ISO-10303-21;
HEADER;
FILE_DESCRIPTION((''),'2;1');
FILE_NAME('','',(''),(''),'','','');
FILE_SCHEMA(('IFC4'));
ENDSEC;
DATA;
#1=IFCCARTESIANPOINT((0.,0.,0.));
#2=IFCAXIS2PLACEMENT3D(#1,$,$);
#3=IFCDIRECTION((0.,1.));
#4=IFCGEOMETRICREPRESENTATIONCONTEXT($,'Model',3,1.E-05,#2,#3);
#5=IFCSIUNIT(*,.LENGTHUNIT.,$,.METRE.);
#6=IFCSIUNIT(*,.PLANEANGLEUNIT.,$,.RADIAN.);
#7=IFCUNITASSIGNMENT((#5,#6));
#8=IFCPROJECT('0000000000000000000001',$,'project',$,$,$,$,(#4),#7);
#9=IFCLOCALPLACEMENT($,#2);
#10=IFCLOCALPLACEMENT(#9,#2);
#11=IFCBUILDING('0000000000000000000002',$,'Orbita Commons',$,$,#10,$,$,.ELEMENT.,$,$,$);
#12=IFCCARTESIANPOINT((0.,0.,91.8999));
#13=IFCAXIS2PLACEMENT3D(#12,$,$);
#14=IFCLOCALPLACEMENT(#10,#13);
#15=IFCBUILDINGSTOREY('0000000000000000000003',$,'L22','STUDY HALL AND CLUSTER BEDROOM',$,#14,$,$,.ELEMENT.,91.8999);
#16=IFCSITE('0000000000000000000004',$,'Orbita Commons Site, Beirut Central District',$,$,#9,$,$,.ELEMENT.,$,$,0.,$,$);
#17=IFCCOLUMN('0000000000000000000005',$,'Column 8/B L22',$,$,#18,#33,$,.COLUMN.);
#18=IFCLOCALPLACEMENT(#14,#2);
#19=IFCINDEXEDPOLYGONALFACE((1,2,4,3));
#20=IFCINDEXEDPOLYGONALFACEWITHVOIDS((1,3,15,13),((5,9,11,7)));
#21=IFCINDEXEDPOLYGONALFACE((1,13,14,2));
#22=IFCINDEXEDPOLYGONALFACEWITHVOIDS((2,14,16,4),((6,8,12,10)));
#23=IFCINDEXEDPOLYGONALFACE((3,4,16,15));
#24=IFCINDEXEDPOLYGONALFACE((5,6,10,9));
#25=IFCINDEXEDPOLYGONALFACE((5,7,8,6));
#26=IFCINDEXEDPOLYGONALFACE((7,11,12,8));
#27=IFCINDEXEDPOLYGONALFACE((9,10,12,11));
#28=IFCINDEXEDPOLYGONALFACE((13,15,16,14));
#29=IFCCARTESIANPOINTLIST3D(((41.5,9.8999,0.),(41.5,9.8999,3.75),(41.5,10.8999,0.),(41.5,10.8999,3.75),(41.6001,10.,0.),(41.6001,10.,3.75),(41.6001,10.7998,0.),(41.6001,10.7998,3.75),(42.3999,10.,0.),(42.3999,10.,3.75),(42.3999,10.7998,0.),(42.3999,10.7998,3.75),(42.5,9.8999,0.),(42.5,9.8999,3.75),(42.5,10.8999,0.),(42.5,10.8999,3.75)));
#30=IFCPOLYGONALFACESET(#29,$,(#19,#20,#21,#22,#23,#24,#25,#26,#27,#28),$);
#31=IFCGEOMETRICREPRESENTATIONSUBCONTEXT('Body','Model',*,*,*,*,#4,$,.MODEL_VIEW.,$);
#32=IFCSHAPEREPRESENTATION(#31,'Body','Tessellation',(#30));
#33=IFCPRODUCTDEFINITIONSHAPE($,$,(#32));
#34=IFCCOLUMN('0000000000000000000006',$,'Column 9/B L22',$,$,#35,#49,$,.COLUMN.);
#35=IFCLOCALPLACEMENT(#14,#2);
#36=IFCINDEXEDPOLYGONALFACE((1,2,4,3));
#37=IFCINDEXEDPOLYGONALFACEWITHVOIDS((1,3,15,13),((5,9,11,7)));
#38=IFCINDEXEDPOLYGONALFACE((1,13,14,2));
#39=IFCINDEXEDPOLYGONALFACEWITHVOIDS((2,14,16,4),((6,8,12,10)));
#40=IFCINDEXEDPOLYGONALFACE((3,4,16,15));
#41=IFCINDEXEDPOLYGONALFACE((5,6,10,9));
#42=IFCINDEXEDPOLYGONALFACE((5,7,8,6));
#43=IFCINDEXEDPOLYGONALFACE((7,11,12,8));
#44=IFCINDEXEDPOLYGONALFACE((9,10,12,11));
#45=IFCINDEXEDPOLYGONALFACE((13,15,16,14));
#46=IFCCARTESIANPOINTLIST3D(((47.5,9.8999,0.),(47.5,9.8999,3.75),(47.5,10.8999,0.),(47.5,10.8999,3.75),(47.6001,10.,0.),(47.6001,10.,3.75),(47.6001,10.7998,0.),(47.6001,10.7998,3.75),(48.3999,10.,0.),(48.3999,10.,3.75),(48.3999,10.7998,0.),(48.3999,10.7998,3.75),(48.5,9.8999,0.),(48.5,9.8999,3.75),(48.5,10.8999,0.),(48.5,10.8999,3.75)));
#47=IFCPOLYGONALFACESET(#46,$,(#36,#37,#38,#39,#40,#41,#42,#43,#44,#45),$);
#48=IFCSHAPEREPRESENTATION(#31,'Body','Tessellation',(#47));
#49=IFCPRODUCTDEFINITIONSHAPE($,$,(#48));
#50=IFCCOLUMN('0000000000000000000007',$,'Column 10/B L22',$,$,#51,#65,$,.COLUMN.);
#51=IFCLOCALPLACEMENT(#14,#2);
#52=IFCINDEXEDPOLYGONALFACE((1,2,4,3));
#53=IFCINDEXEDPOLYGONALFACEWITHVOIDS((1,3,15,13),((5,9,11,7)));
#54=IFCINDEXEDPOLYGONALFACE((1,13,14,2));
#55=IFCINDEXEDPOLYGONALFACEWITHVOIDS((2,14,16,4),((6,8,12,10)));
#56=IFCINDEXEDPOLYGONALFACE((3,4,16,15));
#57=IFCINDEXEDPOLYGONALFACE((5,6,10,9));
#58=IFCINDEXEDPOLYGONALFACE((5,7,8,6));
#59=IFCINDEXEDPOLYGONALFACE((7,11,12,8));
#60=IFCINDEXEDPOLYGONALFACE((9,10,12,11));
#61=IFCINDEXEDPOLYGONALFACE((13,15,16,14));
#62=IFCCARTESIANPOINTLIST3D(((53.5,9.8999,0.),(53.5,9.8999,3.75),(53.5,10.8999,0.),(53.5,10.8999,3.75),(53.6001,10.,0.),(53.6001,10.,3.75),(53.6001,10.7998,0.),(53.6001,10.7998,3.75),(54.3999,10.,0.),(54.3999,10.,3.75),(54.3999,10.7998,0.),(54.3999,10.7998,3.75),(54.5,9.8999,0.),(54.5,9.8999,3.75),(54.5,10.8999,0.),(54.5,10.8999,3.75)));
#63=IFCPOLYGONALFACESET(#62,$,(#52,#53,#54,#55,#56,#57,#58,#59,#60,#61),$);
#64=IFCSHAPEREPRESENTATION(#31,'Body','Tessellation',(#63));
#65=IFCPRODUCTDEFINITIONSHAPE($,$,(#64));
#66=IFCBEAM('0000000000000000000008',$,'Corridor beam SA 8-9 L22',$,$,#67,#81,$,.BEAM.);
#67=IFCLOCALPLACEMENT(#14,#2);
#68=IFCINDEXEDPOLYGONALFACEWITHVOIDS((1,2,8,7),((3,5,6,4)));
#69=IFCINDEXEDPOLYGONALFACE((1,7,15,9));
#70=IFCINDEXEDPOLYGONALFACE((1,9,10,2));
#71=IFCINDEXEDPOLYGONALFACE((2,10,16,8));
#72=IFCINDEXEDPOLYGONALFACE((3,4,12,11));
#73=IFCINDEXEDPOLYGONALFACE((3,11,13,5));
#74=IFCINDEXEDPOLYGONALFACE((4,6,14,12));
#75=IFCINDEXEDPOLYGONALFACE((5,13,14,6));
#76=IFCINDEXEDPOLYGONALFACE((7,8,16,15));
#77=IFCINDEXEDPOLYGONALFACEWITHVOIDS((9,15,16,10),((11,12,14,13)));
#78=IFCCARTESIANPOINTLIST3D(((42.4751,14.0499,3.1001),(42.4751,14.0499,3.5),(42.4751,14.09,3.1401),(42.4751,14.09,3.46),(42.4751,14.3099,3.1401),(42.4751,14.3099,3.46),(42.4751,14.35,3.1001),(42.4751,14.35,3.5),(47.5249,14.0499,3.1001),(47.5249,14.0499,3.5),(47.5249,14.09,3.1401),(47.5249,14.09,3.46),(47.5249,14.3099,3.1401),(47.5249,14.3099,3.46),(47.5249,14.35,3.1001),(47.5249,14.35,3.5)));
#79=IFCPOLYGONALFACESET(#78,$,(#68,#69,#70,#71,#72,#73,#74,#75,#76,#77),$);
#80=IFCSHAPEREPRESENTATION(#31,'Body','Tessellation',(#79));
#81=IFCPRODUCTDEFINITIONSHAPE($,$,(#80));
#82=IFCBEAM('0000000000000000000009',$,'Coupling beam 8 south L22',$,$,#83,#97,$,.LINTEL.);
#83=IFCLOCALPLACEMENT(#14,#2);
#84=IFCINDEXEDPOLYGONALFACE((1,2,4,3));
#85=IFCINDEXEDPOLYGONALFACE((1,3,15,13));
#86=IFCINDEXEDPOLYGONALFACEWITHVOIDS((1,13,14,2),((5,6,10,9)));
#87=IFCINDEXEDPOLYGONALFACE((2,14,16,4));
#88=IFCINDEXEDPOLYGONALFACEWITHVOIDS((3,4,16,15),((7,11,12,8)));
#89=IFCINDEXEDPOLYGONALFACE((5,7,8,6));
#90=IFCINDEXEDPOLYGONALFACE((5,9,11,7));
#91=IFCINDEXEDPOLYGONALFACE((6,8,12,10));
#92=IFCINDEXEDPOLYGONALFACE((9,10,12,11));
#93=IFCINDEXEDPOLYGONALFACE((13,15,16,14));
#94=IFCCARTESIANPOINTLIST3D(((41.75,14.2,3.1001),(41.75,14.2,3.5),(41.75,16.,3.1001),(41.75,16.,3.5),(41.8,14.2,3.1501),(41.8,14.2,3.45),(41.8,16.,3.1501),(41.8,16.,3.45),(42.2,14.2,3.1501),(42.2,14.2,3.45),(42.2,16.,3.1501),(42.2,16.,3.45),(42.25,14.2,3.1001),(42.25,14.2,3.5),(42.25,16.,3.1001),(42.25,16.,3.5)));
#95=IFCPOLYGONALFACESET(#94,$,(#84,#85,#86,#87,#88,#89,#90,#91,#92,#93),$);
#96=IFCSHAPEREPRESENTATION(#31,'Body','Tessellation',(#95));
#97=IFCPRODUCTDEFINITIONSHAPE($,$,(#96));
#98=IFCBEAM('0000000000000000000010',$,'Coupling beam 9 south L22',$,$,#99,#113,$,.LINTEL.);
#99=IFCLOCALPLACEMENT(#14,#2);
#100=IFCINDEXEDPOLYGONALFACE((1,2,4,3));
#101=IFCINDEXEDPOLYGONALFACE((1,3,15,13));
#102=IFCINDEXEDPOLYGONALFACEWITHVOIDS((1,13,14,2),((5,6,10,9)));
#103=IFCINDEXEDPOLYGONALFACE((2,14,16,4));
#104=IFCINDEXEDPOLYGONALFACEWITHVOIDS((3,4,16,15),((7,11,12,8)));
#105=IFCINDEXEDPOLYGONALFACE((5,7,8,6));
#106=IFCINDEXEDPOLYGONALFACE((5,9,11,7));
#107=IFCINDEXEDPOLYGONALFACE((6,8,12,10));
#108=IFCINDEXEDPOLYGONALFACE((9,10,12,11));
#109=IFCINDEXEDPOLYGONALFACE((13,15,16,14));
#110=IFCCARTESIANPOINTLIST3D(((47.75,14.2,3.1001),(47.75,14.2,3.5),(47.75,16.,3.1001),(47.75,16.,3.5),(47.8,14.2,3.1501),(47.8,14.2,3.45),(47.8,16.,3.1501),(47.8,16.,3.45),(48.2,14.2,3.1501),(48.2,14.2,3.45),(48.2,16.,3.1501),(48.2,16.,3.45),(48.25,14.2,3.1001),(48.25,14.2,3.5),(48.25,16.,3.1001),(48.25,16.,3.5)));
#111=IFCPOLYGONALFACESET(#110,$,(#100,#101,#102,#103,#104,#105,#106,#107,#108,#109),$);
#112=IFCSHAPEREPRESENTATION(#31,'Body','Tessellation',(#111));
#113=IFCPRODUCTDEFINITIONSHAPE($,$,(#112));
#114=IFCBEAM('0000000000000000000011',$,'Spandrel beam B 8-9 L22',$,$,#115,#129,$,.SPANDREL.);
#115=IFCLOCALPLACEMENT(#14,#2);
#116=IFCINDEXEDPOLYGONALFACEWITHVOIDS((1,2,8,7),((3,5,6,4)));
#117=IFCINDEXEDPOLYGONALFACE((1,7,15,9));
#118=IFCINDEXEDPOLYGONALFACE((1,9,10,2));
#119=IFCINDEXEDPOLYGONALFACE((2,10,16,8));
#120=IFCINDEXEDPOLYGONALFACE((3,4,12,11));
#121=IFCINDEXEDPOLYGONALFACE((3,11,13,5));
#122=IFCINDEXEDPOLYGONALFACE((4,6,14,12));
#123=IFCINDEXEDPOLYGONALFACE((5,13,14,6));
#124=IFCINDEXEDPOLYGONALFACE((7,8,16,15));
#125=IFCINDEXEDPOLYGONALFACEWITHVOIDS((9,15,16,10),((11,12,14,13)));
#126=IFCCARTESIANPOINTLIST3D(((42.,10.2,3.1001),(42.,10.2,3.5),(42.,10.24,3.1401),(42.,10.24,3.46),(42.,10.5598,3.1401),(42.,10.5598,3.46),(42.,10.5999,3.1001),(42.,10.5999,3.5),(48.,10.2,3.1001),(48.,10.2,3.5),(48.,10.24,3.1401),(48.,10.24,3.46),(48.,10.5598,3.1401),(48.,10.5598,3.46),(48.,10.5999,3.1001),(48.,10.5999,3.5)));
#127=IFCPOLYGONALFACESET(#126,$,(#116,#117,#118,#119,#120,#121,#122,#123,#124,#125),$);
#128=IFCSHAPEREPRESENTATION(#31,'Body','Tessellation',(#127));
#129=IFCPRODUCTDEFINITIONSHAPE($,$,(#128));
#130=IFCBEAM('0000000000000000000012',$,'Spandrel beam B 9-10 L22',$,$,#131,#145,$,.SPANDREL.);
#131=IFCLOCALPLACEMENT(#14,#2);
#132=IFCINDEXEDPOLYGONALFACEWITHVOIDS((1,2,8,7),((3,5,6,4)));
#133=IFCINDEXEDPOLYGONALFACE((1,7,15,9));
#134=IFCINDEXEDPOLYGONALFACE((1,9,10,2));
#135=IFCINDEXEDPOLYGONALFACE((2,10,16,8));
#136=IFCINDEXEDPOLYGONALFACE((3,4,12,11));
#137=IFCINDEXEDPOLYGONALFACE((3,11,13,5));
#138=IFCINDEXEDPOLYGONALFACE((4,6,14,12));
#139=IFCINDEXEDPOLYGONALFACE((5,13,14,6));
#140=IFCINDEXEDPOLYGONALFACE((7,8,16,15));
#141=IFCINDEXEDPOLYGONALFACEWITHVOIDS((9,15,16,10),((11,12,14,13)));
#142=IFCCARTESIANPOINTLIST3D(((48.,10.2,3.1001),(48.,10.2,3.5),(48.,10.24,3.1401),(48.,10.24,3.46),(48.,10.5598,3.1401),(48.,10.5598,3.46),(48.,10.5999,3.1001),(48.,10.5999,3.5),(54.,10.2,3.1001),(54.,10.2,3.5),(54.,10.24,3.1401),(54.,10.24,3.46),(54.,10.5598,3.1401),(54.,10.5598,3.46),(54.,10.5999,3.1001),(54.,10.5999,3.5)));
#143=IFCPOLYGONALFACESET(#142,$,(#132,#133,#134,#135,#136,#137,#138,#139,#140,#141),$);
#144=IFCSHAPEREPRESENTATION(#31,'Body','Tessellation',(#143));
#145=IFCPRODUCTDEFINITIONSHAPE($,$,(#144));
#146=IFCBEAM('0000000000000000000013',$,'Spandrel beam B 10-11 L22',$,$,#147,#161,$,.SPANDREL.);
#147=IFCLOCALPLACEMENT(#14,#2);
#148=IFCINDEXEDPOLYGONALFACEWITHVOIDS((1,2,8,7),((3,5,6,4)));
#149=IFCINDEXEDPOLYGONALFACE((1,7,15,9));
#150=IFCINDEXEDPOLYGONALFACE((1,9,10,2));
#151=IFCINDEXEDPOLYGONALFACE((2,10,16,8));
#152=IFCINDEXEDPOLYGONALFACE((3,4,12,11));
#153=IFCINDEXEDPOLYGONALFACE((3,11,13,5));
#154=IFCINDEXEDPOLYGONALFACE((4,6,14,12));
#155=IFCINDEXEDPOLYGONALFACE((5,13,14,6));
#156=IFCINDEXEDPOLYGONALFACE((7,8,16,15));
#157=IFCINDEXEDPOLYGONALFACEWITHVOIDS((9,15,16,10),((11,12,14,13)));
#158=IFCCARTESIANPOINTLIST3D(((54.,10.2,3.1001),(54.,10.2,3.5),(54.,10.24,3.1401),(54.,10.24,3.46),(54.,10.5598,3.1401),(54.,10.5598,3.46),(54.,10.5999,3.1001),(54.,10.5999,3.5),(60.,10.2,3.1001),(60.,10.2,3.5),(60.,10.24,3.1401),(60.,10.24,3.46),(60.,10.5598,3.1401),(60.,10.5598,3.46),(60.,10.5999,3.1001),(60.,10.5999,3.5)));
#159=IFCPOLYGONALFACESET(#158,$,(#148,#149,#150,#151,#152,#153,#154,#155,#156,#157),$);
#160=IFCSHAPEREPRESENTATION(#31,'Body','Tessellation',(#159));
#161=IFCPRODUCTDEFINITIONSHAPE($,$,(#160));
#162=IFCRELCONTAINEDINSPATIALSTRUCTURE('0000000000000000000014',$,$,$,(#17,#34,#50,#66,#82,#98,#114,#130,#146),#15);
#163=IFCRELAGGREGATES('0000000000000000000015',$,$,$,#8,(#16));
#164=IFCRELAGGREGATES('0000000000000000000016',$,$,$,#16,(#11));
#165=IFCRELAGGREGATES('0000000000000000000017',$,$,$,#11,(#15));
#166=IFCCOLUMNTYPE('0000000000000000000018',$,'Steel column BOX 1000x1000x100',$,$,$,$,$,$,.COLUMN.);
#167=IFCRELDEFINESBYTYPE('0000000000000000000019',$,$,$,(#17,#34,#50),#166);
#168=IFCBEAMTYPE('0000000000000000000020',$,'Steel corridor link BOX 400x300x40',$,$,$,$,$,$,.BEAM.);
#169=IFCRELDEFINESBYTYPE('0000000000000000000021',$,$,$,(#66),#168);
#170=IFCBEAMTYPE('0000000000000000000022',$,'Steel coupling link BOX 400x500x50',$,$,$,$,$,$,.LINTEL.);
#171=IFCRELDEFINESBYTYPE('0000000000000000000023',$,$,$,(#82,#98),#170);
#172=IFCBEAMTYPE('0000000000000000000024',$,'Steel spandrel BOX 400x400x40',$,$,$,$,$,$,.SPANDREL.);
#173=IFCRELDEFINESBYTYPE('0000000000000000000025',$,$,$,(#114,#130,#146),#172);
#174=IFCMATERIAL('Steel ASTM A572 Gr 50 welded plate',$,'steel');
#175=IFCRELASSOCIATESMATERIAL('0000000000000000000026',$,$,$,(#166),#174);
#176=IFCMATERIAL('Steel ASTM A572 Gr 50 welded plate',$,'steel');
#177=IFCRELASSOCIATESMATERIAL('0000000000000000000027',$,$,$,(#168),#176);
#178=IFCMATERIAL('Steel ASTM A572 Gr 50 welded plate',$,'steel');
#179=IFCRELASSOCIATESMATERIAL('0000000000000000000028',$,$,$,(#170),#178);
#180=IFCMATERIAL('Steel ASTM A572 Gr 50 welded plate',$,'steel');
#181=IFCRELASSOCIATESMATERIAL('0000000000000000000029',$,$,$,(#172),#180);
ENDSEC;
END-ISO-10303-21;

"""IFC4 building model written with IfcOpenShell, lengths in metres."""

from ifc_helpers import new_model, si_unit, direction, frame, origin, origin_2d, place, context, subcontext, project, spatial, hollow_rectangle, extrude, material, material_profile, profile_set, type_object, element, save


model = new_model("IFC4")

# Units and contexts
model_context = context("Model", 3, precision=1e-05, world=origin(), true_north=direction((0.0, 1.0)))
body_context = subcontext(model_context, "Body", "Model", "MODEL_VIEW")
ifc_project = project(units=[si_unit("LENGTHUNIT", "METRE"), si_unit("PLANEANGLEUNIT", "RADIAN")], contexts=[model_context])

# Site, building, storey
site_placement = place(None, origin())
site = spatial("IfcSite", under=ifc_project, at=site_placement, Name="Orbita Commons Site, Beirut Central District", CompositionType="ELEMENT", RefElevation=0.0)
building_placement = place(site_placement, origin())
building = spatial("IfcBuilding", under=site, at=building_placement, Name="Orbita Commons", CompositionType="ELEMENT")
storey_placement = place(building_placement, frame((0.0, 0.0, 91.8999)))
storey = spatial("IfcBuildingStorey", under=building, at=storey_placement, Name="L22", Description="STUDY HALL AND CLUSTER BEDROOM", CompositionType="ELEMENT", Elevation=91.8999)

# Columns
ifc_material_1 = material(Name="Steel ASTM A572 Gr 50 welded plate", Category="steel")
ifc_material_profile_1 = material_profile(ifc_material_1, hollow_rectangle(XDim=1.0, YDim=1.0, WallThickness=0.1001, at=origin_2d()), Name="BOX 1000x1000x100")
ifc_profile_set_1 = profile_set([ifc_material_profile_1], Name="Steel ASTM A572 Gr 50 welded plate")
column_type = type_object("IfcColumnType", Name="Steel column BOX 1000x1000x100", PredefinedType="COLUMN", material=ifc_profile_set_1)
for number, where, z_axis, x_axis, name in (
    (1, (42.0, 10.3999, 0.0), (0.0, 0.0, 1.0), (1.0, 0.0, 0.0), "Column 8/B L22"),
    (2, (48.0, 10.3999, 0.0), (0.0, 0.0, 1.0), (1.0, 0.0, 0.0), "Column 9/B L22"),
    (3, (54.0, 10.3999, 0.0), (0.0, 0.0, 1.0), (1.0, 0.0, 0.0), "Column 10/B L22"),
):
    element("IfcColumn", number, at=place(storey_placement, frame(where, z_axis=z_axis, x_axis=x_axis)), inside=storey, type_object=column_type, Name=name, PredefinedType="COLUMN", context=body_context, shape_type="SweptSolid", body=[
        extrude(hollow_rectangle(XDim=1.0, YDim=1.0, WallThickness=0.1001, at=origin_2d()), origin(), (0.0, 0.0, 1.0), 3.75),
    ])

# Beams
ifc_material_2 = material(Name="Steel ASTM A572 Gr 50 welded plate", Category="steel")
ifc_material_profile_2 = material_profile(ifc_material_2, hollow_rectangle(XDim=0.3, YDim=0.3999, WallThickness=0.04, at=origin_2d()), Name="BOX 400x300x40")
ifc_profile_set_2 = profile_set([ifc_material_profile_2], Name="Steel ASTM A572 Gr 50 welded plate")
beam_type_1 = type_object("IfcBeamType", Name="Steel corridor link BOX 400x300x40", PredefinedType="BEAM", material=ifc_profile_set_2)
beam_placement = place(storey_placement, frame((42.4751, 14.2, 3.3), z_axis=(1.0, 0.0, 0.0), x_axis=(0.0, 1.0, 0.0)))
element("IfcBeam", 4, at=beam_placement, inside=storey, type_object=beam_type_1, Name="Corridor beam SA 8-9 L22", PredefinedType="BEAM", context=body_context, shape_type="SweptSolid", body=[
    extrude(hollow_rectangle(XDim=0.3, YDim=0.3999, WallThickness=0.04, at=origin_2d()), origin(), (0.0, 0.0, 1.0), 5.0498),
])
ifc_material_3 = material(Name="Steel ASTM A572 Gr 50 welded plate", Category="steel")
ifc_material_profile_3 = material_profile(ifc_material_3, hollow_rectangle(XDim=0.5, YDim=0.3999, WallThickness=0.05, at=origin_2d()), Name="BOX 400x500x50")
ifc_profile_set_3 = profile_set([ifc_material_profile_3], Name="Steel ASTM A572 Gr 50 welded plate")
beam_type_2 = type_object("IfcBeamType", Name="Steel coupling link BOX 400x500x50", PredefinedType="LINTEL", material=ifc_profile_set_3)
for number, where, z_axis, x_axis, name in (
    (5, (42.0, 14.2, 3.3), (0.0, 1.0, 0.0), (-1.0, 0.0, 0.0), "Coupling beam 8 south L22"),
    (6, (48.0, 14.2, 3.3), (0.0, 1.0, 0.0), (-1.0, 0.0, 0.0), "Coupling beam 9 south L22"),
):
    element("IfcBeam", number, at=place(storey_placement, frame(where, z_axis=z_axis, x_axis=x_axis)), inside=storey, type_object=beam_type_2, Name=name, PredefinedType="LINTEL", context=body_context, shape_type="SweptSolid", body=[
        extrude(hollow_rectangle(XDim=0.5, YDim=0.3999, WallThickness=0.05, at=origin_2d()), origin(), (0.0, 0.0, 1.0), 1.8),
    ])
ifc_material_4 = material(Name="Steel ASTM A572 Gr 50 welded plate", Category="steel")
ifc_material_profile_4 = material_profile(ifc_material_4, hollow_rectangle(XDim=0.3999, YDim=0.3999, WallThickness=0.04, at=origin_2d()), Name="BOX 400x400x40")
ifc_profile_set_4 = profile_set([ifc_material_profile_4], Name="Steel ASTM A572 Gr 50 welded plate")
beam_type_3 = type_object("IfcBeamType", Name="Steel spandrel BOX 400x400x40", PredefinedType="SPANDREL", material=ifc_profile_set_4)
for number, where, z_axis, x_axis, name in (
    (7, (42.0, 10.3999, 3.3), (1.0, 0.0, 0.0), (0.0, 1.0, 0.0), "Spandrel beam B 8-9 L22"),
    (8, (48.0, 10.3999, 3.3), (1.0, 0.0, 0.0), (0.0, 1.0, 0.0), "Spandrel beam B 9-10 L22"),
    (9, (54.0, 10.3999, 3.3), (1.0, 0.0, 0.0), (0.0, 1.0, 0.0), "Spandrel beam B 10-11 L22"),
):
    element("IfcBeam", number, at=place(storey_placement, frame(where, z_axis=z_axis, x_axis=x_axis)), inside=storey, type_object=beam_type_3, Name=name, PredefinedType="SPANDREL", context=body_context, shape_type="SweptSolid", body=[
        extrude(hollow_rectangle(XDim=0.3999, YDim=0.3999, WallThickness=0.04, at=origin_2d()), origin(), (0.0, 0.0, 1.0), 6.0),
    ])

save(model, "model.ifc")
